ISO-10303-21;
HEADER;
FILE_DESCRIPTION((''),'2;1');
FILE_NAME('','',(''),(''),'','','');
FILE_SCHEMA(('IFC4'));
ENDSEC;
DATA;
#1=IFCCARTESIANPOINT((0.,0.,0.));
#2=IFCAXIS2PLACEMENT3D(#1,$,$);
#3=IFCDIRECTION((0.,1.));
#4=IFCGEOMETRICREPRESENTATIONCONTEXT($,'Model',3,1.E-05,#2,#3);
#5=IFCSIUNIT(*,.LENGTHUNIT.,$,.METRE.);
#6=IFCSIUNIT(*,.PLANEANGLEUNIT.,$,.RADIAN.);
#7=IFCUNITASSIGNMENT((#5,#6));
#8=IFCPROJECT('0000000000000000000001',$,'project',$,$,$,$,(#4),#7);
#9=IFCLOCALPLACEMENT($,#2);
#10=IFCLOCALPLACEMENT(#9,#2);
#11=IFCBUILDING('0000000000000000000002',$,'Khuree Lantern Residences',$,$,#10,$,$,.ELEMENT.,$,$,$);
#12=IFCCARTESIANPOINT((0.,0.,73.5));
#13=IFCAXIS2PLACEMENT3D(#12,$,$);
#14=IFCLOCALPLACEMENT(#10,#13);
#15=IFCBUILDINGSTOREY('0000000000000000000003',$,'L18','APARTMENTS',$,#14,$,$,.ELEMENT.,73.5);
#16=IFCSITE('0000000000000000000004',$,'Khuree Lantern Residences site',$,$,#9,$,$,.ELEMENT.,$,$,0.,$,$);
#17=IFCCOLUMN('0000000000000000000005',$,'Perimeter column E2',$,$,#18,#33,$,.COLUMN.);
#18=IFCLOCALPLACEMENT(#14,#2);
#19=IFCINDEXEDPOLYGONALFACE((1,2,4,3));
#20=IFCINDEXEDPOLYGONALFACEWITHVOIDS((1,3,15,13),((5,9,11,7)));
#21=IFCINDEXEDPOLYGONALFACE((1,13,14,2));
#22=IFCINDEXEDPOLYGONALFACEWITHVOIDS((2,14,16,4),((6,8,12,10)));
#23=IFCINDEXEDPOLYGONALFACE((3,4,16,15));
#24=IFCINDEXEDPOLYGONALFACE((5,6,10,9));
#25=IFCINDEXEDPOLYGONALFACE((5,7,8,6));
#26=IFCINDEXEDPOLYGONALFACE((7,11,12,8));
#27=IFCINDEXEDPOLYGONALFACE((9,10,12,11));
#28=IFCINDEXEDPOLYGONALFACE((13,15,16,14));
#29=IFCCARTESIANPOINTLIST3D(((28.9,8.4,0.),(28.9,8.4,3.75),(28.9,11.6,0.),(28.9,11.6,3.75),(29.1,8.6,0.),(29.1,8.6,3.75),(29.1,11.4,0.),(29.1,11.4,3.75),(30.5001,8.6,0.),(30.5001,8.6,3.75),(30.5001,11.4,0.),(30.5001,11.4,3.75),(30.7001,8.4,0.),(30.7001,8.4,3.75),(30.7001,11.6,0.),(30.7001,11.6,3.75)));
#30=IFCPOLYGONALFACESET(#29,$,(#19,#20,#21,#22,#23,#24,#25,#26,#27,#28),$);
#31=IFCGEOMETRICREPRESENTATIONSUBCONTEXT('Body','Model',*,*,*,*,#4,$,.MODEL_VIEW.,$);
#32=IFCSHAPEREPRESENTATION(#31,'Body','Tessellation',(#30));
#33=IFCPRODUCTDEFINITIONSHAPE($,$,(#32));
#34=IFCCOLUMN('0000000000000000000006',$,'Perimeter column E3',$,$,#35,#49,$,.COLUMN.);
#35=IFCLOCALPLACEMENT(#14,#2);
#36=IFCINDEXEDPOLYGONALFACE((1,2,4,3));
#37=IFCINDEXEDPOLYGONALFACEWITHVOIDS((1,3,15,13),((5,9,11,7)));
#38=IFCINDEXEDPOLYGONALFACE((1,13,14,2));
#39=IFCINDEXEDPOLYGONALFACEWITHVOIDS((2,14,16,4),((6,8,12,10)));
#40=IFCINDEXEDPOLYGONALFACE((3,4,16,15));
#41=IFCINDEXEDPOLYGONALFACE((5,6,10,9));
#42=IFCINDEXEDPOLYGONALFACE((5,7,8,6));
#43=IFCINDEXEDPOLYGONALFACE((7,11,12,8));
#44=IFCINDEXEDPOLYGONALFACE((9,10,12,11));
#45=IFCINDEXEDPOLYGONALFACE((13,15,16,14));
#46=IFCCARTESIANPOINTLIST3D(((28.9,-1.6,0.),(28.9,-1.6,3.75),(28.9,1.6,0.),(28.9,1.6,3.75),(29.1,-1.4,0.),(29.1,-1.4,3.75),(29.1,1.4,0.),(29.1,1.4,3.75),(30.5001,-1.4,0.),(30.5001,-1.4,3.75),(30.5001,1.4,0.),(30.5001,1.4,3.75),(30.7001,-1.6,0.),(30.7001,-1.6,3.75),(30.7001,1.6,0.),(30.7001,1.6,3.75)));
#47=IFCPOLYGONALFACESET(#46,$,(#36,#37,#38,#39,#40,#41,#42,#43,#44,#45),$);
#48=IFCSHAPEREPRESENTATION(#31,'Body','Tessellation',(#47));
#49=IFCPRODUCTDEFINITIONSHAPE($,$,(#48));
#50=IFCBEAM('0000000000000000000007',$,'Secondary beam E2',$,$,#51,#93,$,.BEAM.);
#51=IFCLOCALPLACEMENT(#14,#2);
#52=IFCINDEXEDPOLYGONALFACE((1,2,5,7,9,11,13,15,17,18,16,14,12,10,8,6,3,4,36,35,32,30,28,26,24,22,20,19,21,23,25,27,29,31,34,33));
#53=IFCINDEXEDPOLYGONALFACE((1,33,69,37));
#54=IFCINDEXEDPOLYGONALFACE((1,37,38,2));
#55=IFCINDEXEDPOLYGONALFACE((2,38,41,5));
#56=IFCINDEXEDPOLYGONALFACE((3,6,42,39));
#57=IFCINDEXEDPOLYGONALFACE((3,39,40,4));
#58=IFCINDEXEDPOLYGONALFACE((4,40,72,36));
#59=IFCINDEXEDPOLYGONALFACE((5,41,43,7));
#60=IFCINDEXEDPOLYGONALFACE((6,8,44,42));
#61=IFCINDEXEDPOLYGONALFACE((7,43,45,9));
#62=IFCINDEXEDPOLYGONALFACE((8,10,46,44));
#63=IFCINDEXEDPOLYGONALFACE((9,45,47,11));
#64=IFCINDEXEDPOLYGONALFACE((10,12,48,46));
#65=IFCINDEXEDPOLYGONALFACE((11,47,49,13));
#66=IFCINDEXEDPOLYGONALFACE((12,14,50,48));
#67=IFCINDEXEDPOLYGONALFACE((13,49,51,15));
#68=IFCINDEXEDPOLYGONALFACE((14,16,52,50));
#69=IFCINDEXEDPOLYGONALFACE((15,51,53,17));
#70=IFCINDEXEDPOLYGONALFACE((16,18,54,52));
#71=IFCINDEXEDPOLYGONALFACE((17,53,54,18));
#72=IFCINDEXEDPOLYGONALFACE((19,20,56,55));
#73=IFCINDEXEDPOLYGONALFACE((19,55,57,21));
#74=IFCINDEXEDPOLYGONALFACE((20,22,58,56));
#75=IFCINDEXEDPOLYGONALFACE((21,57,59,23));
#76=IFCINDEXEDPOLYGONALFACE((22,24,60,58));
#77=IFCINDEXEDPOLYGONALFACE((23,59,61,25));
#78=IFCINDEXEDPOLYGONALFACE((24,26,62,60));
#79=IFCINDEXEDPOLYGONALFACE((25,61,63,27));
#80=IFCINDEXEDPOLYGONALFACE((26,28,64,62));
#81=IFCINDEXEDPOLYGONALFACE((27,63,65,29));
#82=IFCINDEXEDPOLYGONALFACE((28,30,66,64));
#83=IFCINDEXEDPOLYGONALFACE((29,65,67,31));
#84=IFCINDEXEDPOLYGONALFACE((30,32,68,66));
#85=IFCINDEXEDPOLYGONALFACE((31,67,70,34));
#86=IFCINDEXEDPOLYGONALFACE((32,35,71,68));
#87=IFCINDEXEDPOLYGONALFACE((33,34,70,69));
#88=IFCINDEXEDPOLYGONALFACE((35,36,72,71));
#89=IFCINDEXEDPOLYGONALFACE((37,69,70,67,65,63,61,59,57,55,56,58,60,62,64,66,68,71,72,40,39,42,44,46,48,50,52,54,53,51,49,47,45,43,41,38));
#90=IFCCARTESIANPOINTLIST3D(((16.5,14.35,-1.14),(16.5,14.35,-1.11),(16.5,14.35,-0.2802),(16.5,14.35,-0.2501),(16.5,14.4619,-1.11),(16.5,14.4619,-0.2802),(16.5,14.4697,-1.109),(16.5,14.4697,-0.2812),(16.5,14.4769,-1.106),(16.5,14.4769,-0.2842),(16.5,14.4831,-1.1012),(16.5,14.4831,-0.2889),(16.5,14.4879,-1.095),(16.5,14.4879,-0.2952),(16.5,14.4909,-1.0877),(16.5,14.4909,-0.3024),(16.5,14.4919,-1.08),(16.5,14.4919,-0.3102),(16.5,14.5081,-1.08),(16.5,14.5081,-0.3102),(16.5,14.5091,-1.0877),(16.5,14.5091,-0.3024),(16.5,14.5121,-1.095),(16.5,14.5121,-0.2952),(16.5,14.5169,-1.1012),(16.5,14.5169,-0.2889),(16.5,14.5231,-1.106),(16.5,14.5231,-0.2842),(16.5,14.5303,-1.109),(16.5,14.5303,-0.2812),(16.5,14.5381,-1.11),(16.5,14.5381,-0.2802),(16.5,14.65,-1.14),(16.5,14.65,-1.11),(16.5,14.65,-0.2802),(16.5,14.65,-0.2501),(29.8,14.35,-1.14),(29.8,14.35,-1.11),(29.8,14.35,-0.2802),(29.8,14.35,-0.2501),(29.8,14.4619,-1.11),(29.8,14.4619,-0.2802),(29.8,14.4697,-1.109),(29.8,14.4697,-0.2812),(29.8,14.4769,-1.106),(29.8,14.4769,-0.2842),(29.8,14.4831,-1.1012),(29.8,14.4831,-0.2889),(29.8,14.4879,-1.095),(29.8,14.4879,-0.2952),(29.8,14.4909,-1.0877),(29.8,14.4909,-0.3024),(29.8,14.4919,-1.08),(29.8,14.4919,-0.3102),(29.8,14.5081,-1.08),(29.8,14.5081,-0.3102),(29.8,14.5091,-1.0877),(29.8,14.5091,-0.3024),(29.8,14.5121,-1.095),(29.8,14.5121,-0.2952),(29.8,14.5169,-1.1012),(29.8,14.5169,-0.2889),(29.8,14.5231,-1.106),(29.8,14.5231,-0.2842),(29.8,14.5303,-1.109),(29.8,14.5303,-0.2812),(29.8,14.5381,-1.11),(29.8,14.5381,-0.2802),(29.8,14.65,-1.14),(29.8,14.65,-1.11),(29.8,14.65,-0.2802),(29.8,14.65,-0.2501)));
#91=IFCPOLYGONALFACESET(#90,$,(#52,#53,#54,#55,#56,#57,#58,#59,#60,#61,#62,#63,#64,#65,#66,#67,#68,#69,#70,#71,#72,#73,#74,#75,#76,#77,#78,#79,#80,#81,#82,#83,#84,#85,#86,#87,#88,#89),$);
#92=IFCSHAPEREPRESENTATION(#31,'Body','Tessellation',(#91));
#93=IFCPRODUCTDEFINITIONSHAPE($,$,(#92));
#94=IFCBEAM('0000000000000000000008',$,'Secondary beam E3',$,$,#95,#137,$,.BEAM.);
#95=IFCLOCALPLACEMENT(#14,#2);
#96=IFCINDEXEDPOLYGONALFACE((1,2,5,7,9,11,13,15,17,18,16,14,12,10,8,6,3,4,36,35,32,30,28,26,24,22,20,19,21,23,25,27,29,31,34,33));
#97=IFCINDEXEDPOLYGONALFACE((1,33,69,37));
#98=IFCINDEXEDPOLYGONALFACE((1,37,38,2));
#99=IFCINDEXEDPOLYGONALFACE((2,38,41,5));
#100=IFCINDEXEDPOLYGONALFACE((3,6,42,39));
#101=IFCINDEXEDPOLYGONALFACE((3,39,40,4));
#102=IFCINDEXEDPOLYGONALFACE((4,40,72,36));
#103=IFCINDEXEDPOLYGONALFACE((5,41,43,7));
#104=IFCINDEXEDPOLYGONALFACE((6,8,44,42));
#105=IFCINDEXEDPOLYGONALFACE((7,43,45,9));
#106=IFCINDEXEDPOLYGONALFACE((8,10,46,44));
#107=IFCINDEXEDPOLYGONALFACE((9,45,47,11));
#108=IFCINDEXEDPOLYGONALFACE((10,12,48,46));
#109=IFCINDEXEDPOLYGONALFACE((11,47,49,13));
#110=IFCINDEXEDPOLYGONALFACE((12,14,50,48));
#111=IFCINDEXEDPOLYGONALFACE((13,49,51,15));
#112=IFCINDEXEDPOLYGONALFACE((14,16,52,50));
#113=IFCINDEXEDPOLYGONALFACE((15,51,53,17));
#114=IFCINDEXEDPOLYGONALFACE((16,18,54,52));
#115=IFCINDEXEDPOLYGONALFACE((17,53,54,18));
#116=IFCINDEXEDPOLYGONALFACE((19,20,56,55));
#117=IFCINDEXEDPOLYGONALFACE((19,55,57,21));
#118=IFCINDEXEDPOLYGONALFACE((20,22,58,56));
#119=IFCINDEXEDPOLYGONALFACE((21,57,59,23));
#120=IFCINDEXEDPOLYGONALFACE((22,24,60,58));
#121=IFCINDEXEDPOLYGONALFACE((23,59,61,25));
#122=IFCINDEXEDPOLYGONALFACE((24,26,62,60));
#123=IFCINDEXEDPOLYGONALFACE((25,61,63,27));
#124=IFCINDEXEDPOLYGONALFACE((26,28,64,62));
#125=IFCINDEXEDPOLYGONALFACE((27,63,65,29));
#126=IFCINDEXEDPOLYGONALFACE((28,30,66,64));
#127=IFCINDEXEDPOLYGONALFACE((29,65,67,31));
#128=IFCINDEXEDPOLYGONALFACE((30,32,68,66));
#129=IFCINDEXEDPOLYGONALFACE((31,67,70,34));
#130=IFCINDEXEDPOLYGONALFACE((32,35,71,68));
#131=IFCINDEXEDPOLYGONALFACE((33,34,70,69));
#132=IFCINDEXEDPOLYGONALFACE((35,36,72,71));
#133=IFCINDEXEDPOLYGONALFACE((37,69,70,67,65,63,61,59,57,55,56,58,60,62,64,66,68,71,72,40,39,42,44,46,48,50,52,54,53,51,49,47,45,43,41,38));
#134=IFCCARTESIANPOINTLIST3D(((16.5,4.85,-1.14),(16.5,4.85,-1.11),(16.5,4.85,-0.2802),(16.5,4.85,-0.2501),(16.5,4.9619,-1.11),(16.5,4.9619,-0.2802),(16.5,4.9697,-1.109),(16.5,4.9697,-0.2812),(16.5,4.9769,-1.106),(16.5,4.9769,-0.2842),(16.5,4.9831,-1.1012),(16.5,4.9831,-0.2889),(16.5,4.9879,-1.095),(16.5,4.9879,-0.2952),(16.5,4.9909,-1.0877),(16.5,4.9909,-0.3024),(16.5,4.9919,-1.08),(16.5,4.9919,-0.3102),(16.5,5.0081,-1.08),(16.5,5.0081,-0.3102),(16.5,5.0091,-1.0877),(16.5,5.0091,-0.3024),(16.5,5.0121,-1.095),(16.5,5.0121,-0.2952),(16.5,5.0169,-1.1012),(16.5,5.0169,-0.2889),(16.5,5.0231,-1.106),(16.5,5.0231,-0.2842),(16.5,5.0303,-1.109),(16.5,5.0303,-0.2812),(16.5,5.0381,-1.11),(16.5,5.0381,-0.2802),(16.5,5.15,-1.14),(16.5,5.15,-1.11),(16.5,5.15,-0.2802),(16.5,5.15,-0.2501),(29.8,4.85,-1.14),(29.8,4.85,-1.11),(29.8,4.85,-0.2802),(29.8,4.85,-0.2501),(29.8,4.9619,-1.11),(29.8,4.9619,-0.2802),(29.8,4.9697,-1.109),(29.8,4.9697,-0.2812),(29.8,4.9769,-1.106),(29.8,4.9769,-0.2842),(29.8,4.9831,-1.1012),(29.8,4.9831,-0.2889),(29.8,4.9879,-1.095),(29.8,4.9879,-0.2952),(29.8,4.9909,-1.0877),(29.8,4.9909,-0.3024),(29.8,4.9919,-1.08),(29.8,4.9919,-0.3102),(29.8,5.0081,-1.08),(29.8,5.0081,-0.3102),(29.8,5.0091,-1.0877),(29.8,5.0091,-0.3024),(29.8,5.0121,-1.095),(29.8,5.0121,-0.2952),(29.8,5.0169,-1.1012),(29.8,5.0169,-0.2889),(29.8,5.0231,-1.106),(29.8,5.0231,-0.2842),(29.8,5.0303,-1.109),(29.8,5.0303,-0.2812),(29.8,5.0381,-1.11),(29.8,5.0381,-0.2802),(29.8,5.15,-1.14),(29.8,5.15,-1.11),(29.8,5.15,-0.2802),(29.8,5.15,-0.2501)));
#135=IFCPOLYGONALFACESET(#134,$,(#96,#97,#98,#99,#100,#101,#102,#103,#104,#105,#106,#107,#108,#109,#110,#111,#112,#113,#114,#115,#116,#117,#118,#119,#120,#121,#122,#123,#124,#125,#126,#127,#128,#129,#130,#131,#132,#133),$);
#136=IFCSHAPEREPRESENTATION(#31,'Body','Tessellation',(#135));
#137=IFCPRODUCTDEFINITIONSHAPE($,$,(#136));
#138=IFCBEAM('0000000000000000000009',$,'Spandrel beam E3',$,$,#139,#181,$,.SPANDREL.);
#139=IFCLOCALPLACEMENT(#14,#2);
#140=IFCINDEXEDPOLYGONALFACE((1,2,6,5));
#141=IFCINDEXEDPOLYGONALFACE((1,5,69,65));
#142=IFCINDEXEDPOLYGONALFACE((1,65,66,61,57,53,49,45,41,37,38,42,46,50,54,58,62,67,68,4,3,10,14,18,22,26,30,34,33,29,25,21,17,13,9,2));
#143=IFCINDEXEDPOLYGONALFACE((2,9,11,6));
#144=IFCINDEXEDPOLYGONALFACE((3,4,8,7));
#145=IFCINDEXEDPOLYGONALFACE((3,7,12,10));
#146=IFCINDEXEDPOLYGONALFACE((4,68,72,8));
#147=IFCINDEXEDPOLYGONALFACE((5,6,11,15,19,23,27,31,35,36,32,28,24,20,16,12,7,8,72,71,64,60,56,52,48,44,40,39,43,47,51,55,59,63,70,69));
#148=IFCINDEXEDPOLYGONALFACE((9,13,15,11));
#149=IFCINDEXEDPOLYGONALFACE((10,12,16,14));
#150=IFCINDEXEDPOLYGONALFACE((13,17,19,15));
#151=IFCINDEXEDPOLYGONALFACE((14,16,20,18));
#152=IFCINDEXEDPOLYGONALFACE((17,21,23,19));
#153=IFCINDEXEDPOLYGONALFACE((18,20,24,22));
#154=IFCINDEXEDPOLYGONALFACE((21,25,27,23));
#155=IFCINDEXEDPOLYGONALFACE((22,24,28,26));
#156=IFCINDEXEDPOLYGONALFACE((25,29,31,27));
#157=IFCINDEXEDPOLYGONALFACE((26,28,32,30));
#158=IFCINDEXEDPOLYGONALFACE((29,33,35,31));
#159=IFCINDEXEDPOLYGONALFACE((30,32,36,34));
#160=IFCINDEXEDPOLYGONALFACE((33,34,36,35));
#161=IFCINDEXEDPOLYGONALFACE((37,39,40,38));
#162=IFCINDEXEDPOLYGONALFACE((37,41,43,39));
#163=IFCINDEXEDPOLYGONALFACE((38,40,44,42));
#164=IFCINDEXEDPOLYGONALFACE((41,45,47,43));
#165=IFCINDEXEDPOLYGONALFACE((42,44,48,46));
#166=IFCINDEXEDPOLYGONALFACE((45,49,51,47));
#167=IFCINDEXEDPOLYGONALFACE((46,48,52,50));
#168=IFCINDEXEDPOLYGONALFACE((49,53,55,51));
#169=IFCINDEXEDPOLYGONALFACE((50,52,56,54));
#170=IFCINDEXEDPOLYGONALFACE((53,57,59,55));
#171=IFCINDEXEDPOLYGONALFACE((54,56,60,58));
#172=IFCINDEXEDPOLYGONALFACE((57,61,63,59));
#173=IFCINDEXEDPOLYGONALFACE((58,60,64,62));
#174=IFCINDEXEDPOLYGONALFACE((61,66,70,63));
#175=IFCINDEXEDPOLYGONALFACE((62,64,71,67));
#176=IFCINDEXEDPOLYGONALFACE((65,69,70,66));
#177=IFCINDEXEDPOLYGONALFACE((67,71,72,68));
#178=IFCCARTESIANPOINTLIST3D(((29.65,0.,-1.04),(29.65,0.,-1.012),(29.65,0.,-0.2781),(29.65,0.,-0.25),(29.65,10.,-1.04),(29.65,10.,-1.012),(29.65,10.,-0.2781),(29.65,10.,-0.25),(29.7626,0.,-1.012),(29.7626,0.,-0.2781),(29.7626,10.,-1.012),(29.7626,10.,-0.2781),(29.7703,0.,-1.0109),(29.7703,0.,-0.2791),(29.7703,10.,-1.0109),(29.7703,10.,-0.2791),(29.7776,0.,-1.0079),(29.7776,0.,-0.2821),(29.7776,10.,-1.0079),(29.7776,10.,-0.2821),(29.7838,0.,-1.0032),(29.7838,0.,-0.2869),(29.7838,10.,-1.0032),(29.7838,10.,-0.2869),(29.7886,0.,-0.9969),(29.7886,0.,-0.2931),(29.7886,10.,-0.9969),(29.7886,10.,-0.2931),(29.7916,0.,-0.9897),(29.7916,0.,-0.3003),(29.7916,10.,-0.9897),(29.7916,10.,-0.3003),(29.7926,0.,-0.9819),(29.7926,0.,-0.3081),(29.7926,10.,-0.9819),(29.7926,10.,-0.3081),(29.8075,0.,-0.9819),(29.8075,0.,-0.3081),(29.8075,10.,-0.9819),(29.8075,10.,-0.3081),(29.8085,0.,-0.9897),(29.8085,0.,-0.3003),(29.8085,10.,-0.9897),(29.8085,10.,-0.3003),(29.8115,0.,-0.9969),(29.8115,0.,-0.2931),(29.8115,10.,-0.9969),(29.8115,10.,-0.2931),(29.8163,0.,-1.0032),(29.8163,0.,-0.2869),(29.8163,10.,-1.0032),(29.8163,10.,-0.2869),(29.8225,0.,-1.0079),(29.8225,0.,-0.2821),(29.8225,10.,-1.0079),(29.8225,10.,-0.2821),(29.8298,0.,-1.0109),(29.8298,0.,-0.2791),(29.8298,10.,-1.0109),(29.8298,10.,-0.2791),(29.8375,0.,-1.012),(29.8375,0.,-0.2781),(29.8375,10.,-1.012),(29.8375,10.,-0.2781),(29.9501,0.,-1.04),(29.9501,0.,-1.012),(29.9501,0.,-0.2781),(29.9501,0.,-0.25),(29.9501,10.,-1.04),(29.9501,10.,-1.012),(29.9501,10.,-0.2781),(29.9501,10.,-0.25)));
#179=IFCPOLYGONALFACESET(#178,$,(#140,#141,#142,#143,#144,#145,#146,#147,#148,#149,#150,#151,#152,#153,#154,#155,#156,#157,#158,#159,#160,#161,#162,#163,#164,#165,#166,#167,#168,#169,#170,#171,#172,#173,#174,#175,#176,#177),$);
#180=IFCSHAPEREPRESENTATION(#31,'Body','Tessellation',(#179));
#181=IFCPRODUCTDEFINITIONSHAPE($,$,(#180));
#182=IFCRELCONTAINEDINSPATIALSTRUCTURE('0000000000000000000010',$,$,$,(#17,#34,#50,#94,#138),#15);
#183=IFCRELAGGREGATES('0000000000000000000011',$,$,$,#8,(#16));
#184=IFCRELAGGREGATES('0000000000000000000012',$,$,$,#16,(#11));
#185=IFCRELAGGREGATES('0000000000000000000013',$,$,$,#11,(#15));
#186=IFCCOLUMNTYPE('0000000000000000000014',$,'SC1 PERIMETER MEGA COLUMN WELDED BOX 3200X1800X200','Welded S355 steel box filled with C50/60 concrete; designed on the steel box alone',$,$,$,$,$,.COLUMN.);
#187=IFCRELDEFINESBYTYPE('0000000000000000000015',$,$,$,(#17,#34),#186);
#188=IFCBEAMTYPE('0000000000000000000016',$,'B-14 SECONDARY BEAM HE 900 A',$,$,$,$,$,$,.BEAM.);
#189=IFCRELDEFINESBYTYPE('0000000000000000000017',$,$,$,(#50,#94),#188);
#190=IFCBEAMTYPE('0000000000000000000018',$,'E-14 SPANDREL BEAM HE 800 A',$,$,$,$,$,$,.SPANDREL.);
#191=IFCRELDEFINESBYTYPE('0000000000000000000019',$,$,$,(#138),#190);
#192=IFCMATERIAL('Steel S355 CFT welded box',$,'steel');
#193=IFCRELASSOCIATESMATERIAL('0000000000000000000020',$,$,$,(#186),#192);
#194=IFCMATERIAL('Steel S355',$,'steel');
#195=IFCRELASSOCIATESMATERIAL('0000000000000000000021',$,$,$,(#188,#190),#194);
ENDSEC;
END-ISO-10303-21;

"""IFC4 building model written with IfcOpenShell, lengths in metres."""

from ifc_helpers import new_model, si_unit, direction, frame, origin, origin_2d, place, context, subcontext, project, spatial, hollow_rectangle, i_section, extrude, material, material_profile, profile_set, type_object, element, save


model = new_model("IFC4")

# Units and contexts
model_context = context("Model", 3, precision=1e-05, world=origin(), true_north=direction((0.0, 1.0)))
body_context = subcontext(model_context, "Body", "Model", "MODEL_VIEW")
ifc_project = project(units=[si_unit("LENGTHUNIT", "METRE"), si_unit("PLANEANGLEUNIT", "RADIAN")], contexts=[model_context])

# Site, building, storey
site_placement = place(None, origin())
site = spatial("IfcSite", under=ifc_project, at=site_placement, Name="Khuree Lantern Residences site", CompositionType="ELEMENT", RefElevation=0.0)
building_placement = place(site_placement, origin())
building = spatial("IfcBuilding", under=site, at=building_placement, Name="Khuree Lantern Residences", CompositionType="ELEMENT")
storey_placement = place(building_placement, frame((0.0, 0.0, 73.5)))
storey = spatial("IfcBuildingStorey", under=building, at=storey_placement, Name="L18", Description="APARTMENTS", CompositionType="ELEMENT", Elevation=73.5)

# Columns
ifc_material_1 = material(Name="Steel S355 CFT welded box", Category="steel")
ifc_material_profile_1 = material_profile(ifc_material_1, hollow_rectangle(XDim=3.2, YDim=1.8, WallThickness=0.2, at=origin_2d()), Name="WELDED BOX 3200X1800X200")
ifc_profile_set_1 = profile_set([ifc_material_profile_1], Name="Steel S355 CFT welded box")
column_type = type_object("IfcColumnType", Name="SC1 PERIMETER MEGA COLUMN WELDED BOX 3200X1800X200", Description="Welded S355 steel box filled with C50/60 concrete; designed on the steel box alone", PredefinedType="COLUMN", material=ifc_profile_set_1)
for number, where, z_axis, x_axis, name in (
    (1, (29.8, 10.0, 0.0), (0.0, 0.0, 1.0), (0.0, 1.0, 0.0), "Perimeter column E2"),
    (2, (29.8, 0.0, 0.0), (0.0, 0.0, 1.0), (0.0, 1.0, 0.0), "Perimeter column E3"),
):
    element("IfcColumn", number, at=place(storey_placement, frame(where, z_axis=z_axis, x_axis=x_axis)), inside=storey, type_object=column_type, Name=name, PredefinedType="COLUMN", context=body_context, shape_type="SweptSolid", body=[
        extrude(hollow_rectangle(XDim=3.2, YDim=1.8, WallThickness=0.2, at=origin_2d()), origin(), (0.0, 0.0, 1.0), 3.75),
    ])

# Beams
ifc_material_2 = material(Name="Steel S355", Category="steel")
ifc_material_profile_2 = material_profile(ifc_material_2, i_section(OverallWidth=0.3, OverallDepth=0.8899, WebThickness=0.0161, FlangeThickness=0.03, FilletRadius=0.03, at=origin_2d()), Name="HE 900 A")
ifc_profile_set_2 = profile_set([ifc_material_profile_2], Name="Steel S355")
beam_type_1 = type_object("IfcBeamType", Name="B-14 SECONDARY BEAM HE 900 A", PredefinedType="BEAM", material=ifc_profile_set_2)
for number, where, z_axis, x_axis, name in (
    (3, (29.8, 14.5, -0.6951), (-1.0, 0.0, 0.0), (0.0, -1.0, 0.0), "Secondary beam E2"),
    (4, (29.8, 5.0, -0.6951), (-1.0, 0.0, 0.0), (0.0, -1.0, 0.0), "Secondary beam E3"),
):
    element("IfcBeam", number, at=place(storey_placement, frame(where, z_axis=z_axis, x_axis=x_axis)), inside=storey, type_object=beam_type_1, Name=name, PredefinedType="BEAM", context=body_context, shape_type="SweptSolid", body=[
        extrude(i_section(OverallWidth=0.3, OverallDepth=0.8899, WebThickness=0.0161, FlangeThickness=0.03, FilletRadius=0.03, at=origin_2d()), origin(), (0.0, 0.0, 1.0), 13.3),
    ])
ifc_material_profile_3 = material_profile(ifc_material_2, i_section(OverallWidth=0.3, OverallDepth=0.79, WebThickness=0.0149, FlangeThickness=0.0281, FilletRadius=0.03, at=origin_2d()), Name="HE 800 A")
ifc_profile_set_3 = profile_set([ifc_material_profile_3], Name="Steel S355")
beam_type_2 = type_object("IfcBeamType", Name="E-14 SPANDREL BEAM HE 800 A", PredefinedType="SPANDREL", material=ifc_profile_set_3)
for number, where, z_axis, x_axis, name in (
    (5, (29.8, 10.0, -0.645), (0.0, -1.0, 0.0), (1.0, 0.0, 0.0), "Spandrel beam E3"),
):
    element("IfcBeam", number, at=place(storey_placement, frame(where, z_axis=z_axis, x_axis=x_axis)), inside=storey, type_object=beam_type_2, Name=name, PredefinedType="SPANDREL", context=body_context, shape_type="SweptSolid", body=[
        extrude(i_section(OverallWidth=0.3, OverallDepth=0.79, WebThickness=0.0149, FlangeThickness=0.0281, FilletRadius=0.03, at=origin_2d()), origin(), (0.0, 0.0, 1.0), 10.0),
    ])

save(model, "model.ifc")
